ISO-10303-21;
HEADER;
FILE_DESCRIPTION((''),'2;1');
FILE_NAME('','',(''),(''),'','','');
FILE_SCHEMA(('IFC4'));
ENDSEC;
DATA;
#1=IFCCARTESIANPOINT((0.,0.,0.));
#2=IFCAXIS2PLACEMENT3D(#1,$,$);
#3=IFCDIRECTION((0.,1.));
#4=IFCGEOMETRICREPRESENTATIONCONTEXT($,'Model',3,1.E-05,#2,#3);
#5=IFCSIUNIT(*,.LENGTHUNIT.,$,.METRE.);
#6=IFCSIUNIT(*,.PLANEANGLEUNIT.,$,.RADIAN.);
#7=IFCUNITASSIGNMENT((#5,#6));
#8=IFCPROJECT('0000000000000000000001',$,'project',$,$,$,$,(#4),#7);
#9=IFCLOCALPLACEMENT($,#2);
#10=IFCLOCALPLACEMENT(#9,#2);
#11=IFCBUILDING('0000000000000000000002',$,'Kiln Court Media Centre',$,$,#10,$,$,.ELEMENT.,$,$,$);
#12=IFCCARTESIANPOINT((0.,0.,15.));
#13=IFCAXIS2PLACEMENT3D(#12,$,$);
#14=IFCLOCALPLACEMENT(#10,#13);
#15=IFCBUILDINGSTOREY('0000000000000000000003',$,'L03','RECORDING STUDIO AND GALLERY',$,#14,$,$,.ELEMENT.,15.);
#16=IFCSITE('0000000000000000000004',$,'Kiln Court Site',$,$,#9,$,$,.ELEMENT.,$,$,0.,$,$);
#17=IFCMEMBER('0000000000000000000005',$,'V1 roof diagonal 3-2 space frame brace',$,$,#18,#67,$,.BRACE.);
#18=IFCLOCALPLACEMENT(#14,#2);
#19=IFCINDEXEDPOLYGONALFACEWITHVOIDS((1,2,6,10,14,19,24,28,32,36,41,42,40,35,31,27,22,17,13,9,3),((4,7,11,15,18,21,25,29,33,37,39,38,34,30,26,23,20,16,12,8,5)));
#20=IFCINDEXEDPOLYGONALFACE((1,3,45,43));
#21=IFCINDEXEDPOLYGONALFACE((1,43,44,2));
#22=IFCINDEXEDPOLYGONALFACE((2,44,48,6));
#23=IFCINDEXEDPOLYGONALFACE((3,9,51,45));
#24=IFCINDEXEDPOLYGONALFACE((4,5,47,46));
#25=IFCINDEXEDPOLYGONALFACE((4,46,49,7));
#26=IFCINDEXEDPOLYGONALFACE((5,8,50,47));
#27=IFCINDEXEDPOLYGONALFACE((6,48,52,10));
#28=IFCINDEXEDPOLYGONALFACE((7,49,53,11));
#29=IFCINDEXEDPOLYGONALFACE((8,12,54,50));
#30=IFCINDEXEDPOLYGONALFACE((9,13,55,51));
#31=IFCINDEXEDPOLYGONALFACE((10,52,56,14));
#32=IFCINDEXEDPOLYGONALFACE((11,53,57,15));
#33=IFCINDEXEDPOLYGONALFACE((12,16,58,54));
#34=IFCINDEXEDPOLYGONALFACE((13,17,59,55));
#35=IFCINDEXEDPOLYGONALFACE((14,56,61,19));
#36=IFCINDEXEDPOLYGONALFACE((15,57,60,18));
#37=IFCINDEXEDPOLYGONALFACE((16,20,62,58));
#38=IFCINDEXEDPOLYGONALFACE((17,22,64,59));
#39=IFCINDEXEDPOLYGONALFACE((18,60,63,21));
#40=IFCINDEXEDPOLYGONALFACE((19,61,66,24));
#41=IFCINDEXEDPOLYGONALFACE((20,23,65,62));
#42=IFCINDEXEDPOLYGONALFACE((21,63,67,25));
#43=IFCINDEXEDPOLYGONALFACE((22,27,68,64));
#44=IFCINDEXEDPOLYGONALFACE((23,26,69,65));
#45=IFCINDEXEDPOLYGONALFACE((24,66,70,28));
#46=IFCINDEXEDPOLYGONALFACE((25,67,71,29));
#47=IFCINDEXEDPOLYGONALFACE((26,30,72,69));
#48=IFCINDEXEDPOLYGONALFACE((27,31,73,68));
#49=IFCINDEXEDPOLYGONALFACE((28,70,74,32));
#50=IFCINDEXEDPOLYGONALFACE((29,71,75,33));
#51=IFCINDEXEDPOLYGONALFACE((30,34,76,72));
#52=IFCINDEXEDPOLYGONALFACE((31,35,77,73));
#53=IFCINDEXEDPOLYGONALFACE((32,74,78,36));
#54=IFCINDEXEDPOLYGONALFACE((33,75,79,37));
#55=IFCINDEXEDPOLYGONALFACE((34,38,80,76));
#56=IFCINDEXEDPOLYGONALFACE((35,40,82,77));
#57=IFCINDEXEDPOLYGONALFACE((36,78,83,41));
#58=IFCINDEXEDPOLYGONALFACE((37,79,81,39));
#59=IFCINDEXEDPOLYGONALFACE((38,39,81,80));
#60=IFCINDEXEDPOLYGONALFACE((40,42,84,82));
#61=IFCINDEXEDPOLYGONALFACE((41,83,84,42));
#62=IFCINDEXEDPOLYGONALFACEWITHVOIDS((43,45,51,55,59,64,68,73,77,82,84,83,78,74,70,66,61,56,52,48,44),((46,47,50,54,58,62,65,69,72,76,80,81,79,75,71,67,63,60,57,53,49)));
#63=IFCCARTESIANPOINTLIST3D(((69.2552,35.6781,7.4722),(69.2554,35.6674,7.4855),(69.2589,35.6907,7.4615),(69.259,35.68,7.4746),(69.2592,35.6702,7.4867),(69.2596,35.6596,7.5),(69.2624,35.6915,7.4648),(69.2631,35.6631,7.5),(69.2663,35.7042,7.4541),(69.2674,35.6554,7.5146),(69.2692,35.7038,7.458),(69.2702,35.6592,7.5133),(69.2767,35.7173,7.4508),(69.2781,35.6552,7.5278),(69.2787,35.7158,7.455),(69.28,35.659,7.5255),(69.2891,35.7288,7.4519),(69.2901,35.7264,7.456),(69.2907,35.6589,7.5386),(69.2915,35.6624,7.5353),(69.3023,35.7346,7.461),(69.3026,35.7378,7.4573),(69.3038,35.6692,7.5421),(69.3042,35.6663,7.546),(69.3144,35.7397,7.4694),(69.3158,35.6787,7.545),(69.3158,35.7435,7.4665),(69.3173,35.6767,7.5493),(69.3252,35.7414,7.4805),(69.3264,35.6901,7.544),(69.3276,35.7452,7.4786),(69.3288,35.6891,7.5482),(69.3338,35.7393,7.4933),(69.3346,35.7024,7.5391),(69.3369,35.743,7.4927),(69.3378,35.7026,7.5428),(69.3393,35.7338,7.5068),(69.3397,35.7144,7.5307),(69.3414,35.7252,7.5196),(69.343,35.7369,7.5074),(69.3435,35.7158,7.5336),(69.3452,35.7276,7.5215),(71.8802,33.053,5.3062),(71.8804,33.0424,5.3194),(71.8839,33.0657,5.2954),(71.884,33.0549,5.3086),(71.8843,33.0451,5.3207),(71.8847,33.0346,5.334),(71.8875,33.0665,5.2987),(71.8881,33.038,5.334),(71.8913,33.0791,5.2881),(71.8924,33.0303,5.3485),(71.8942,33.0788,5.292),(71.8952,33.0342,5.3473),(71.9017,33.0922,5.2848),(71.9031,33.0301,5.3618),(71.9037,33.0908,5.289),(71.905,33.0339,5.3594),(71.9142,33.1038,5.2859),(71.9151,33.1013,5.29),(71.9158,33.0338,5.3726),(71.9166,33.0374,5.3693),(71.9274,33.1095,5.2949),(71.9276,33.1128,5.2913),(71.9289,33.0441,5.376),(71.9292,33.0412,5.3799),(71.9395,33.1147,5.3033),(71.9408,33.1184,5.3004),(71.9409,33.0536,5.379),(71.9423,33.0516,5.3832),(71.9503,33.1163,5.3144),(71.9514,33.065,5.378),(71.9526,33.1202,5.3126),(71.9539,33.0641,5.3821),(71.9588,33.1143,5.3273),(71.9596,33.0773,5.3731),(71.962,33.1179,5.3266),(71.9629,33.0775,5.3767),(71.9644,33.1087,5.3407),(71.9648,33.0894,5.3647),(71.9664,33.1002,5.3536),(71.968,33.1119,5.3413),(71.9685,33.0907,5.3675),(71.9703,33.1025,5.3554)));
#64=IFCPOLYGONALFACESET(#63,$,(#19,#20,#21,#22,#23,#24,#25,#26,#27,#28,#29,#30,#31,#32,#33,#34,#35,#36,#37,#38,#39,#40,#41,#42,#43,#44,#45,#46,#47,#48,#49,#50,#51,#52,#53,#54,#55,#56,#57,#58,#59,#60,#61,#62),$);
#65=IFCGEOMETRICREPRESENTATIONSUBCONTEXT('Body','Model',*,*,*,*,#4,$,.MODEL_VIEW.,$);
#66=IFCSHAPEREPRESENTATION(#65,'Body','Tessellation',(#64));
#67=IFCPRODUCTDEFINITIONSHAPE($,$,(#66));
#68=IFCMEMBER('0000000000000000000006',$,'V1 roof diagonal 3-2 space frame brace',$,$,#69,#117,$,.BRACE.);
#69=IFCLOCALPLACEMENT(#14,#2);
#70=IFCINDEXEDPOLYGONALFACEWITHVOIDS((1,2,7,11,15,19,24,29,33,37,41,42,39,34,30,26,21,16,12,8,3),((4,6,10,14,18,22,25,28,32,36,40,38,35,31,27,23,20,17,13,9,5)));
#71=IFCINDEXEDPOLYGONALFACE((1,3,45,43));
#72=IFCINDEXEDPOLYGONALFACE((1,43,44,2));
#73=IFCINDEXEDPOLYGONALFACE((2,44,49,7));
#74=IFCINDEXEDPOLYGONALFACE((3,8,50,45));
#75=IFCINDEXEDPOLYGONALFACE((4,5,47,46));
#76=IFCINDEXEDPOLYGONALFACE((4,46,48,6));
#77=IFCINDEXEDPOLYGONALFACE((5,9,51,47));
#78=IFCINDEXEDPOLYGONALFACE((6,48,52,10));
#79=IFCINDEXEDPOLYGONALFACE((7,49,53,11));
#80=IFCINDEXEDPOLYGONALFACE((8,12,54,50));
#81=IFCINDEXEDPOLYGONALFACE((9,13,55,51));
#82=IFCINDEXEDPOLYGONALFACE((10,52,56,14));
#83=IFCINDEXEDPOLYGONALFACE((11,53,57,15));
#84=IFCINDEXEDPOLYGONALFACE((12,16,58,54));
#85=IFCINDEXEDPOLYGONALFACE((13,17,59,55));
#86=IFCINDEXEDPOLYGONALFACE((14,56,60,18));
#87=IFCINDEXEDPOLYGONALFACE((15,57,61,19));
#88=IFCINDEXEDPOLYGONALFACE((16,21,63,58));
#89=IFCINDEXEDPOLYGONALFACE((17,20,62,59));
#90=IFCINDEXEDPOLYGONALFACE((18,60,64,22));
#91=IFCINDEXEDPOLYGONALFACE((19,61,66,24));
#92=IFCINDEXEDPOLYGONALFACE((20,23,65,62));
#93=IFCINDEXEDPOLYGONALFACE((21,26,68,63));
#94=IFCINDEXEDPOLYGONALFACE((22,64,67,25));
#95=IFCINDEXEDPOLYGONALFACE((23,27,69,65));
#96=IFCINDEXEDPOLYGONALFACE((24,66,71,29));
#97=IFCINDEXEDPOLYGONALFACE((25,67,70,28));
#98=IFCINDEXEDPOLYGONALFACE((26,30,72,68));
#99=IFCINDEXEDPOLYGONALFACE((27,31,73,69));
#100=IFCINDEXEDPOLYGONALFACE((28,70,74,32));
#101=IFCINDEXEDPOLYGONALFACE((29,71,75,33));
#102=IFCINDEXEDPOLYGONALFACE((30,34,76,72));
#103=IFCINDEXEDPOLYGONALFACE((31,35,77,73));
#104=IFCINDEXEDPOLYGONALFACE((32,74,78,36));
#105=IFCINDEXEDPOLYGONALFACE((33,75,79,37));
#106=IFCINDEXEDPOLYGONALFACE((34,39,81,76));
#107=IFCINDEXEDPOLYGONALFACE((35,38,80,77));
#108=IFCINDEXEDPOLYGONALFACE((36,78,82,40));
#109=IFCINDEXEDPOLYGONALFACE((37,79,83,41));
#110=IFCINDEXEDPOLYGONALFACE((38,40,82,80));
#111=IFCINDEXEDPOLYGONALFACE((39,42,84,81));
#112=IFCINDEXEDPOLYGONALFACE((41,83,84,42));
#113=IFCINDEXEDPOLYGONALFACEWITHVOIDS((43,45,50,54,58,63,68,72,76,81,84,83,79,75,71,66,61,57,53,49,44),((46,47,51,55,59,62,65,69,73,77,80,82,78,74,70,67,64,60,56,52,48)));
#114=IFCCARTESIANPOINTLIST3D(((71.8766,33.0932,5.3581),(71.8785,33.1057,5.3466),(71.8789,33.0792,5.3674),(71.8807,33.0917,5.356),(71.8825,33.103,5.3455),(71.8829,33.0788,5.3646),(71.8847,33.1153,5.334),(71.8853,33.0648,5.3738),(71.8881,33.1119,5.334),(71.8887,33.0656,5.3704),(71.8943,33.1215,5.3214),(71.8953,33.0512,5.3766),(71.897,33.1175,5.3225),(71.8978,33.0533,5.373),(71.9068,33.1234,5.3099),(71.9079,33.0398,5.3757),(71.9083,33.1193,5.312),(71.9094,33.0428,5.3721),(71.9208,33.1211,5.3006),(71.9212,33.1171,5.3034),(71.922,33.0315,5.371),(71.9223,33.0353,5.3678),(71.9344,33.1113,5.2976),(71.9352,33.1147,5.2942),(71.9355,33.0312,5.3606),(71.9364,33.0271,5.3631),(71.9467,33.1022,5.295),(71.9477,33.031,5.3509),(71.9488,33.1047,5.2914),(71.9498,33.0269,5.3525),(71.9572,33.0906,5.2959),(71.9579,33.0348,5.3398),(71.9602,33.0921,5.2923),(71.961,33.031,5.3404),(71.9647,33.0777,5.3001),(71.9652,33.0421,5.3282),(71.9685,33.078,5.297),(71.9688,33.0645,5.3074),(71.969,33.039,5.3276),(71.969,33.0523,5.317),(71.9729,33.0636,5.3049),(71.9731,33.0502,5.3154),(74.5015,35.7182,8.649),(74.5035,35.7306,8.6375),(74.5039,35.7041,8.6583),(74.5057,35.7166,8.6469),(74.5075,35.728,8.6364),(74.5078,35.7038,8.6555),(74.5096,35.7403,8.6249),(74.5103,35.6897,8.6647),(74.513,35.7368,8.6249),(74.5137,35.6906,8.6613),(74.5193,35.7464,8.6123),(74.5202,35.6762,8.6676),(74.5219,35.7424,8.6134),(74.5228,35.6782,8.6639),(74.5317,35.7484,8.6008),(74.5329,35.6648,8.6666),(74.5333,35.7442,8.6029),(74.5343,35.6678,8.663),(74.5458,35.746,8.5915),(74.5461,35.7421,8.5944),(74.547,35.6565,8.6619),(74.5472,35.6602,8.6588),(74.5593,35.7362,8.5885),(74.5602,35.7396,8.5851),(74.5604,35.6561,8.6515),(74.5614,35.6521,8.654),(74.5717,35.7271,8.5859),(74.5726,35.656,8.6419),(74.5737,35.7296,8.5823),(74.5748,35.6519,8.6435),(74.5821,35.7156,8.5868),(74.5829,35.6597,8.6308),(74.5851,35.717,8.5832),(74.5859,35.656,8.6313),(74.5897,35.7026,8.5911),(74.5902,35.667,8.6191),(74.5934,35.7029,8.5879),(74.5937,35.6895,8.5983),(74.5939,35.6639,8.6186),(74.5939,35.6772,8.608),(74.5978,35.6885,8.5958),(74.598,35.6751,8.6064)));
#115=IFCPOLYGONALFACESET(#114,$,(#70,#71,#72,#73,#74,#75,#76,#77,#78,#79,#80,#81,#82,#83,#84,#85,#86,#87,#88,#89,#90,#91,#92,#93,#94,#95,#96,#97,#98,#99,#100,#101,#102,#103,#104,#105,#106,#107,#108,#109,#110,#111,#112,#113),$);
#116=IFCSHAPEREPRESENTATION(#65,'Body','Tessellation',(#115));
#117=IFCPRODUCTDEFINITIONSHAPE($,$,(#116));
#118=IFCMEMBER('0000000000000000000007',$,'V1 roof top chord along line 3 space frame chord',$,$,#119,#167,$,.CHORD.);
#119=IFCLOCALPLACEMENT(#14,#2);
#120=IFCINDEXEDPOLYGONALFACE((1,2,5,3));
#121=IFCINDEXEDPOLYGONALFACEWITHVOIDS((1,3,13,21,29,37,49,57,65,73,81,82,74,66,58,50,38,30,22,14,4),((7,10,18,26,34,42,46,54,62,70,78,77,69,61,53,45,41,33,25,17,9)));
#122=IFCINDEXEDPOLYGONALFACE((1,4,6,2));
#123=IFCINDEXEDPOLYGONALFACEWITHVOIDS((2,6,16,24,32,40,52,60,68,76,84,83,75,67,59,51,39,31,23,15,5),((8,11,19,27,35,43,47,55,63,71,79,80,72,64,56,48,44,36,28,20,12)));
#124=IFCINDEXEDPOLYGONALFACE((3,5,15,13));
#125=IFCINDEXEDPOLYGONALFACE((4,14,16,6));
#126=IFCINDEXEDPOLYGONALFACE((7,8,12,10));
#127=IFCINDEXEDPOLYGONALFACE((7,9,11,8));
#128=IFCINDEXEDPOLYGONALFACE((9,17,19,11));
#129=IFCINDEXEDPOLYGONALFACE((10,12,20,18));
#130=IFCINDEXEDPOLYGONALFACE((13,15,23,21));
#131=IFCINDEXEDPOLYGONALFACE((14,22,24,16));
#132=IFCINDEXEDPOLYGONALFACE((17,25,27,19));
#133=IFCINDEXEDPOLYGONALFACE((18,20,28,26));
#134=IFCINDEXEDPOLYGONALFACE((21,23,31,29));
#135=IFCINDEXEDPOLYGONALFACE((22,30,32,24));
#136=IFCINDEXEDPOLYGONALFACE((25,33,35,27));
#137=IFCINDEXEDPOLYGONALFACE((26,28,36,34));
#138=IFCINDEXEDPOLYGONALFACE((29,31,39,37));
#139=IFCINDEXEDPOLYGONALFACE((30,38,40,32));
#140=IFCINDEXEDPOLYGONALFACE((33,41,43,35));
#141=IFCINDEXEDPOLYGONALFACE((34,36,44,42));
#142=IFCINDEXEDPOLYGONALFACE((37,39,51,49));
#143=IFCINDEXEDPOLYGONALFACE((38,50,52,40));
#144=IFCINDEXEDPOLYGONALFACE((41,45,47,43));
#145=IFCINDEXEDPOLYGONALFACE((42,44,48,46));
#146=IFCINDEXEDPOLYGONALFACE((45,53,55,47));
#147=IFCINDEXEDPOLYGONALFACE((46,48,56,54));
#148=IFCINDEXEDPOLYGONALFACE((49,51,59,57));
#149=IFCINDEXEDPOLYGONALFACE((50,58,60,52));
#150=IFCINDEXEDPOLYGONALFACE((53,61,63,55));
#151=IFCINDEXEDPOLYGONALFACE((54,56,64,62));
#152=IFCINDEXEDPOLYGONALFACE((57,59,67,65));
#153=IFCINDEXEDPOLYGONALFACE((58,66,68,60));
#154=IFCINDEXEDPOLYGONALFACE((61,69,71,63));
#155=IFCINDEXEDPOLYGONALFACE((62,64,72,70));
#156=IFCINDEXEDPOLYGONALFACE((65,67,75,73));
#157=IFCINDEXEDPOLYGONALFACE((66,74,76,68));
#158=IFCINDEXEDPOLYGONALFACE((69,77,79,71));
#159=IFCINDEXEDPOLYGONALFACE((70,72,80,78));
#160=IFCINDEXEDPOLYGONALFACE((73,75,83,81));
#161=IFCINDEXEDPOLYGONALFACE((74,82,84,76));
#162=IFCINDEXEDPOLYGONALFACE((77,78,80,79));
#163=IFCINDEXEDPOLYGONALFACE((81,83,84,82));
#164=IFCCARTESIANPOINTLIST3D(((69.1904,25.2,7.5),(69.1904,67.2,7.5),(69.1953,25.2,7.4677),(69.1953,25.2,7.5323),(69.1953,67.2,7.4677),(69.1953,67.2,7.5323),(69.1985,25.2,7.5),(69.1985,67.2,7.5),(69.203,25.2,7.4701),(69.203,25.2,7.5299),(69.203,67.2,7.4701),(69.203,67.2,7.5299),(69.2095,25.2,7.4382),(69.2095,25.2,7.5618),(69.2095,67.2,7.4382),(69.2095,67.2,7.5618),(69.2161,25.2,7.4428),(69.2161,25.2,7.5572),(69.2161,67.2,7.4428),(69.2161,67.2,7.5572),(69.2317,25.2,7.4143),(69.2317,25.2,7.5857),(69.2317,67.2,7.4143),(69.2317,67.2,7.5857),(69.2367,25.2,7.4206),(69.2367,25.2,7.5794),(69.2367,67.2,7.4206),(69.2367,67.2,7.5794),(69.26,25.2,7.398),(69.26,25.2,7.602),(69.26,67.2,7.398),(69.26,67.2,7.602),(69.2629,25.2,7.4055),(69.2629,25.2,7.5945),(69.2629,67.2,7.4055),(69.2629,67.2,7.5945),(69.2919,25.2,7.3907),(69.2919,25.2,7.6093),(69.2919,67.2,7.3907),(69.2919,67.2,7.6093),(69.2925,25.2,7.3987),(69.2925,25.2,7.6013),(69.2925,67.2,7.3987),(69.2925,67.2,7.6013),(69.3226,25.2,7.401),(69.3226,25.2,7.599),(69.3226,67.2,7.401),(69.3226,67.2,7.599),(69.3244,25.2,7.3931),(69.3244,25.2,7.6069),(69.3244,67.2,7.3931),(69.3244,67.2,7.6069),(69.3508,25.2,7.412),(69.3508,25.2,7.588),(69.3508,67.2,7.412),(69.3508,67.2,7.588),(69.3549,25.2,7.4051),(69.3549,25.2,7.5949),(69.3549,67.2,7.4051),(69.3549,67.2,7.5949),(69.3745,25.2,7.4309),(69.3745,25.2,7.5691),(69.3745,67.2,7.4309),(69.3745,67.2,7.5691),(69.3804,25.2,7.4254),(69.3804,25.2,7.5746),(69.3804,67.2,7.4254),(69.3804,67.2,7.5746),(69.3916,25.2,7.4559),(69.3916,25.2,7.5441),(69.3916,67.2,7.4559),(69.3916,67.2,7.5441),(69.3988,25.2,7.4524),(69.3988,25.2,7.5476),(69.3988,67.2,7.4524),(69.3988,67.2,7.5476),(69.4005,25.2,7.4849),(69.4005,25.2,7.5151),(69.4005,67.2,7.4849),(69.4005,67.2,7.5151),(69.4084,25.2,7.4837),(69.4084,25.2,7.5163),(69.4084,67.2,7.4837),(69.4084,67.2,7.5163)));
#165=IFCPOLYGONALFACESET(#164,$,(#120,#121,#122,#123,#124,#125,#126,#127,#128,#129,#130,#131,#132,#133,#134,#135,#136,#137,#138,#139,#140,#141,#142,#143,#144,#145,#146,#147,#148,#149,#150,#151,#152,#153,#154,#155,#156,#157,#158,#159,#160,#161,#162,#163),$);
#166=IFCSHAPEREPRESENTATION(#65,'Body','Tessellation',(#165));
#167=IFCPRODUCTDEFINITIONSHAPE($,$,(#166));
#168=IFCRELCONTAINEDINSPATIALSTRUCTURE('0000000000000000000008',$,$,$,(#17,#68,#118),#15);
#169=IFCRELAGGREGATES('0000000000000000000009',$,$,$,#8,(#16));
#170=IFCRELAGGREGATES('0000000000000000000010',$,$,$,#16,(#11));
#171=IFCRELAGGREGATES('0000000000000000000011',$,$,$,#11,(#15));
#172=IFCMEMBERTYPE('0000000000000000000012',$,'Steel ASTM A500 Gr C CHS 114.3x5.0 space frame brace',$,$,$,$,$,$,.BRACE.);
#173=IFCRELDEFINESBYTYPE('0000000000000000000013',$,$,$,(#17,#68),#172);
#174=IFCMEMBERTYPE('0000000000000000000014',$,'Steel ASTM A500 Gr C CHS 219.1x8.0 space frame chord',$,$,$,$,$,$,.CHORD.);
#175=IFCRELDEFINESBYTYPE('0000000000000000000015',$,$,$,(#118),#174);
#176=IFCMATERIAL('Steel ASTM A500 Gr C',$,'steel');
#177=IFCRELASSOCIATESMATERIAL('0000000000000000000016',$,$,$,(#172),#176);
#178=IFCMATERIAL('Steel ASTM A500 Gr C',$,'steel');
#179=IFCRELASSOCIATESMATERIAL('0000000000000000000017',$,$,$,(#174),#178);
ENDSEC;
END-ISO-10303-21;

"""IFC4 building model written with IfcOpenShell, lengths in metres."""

from ifc_helpers import new_model, si_unit, direction, frame, origin, origin_2d, place, context, subcontext, project, spatial, hollow_circle, extrude, material, material_profile, profile_set, type_object, element, save


model = new_model("IFC4")

# Units and contexts
model_context = context("Model", 3, precision=1e-05, world=origin(), true_north=direction((0.0, 1.0)))
body_context = subcontext(model_context, "Body", "Model", "MODEL_VIEW")
ifc_project = project(units=[si_unit("LENGTHUNIT", "METRE"), si_unit("PLANEANGLEUNIT", "RADIAN")], contexts=[model_context])

# Site, building, storey
site_placement = place(None, origin())
site = spatial("IfcSite", under=ifc_project, at=site_placement, Name="Kiln Court Site", CompositionType="ELEMENT", RefElevation=0.0)
building_placement = place(site_placement, origin())
building = spatial("IfcBuilding", under=site, at=building_placement, Name="Kiln Court Media Centre", CompositionType="ELEMENT")
storey_placement = place(building_placement, frame((0.0, 0.0, 15.0)))
storey = spatial("IfcBuildingStorey", under=building, at=storey_placement, Name="L03", Description="RECORDING STUDIO AND GALLERY", CompositionType="ELEMENT", Elevation=15.0)

# Members
ifc_material_1 = material(Name="Steel ASTM A500 Gr C", Category="steel")
ifc_material_profile_1 = material_profile(ifc_material_1, hollow_circle(Radius=0.0571, WallThickness=0.0049, at=origin_2d()), Name="CHS 114.3x5.0")
ifc_profile_set_1 = profile_set([ifc_material_profile_1], Name="Steel ASTM A500 Gr C")
member_type_1 = type_object("IfcMemberType", Name="Steel ASTM A500 Gr C CHS 114.3x5.0 space frame brace", PredefinedType="BRACE", material=ifc_profile_set_1)
member_1_placement = place(storey_placement, frame((71.925, 33.075, 5.334), z_axis=(-0.610748, 0.610748, 0.503958), x_axis=(-0.707107, -0.707107, 0.0)))
element("IfcMember", 1, at=member_1_placement, inside=storey, type_object=member_type_1, Name="V1 roof diagonal 3-2 space frame brace", PredefinedType="BRACE", context=body_context, shape_type="SweptSolid", body=[
    extrude(hollow_circle(Radius=0.0571, WallThickness=0.0049, at=origin_2d()), origin(), (0.0, 0.0, 1.0), 4.2981),
])
member_2_placement = place(storey_placement, frame((71.925, 33.075, 5.334), z_axis=(0.529122, 0.529122, 0.663371), x_axis=(-0.707107, 0.707107, 0.0)))
element("IfcMember", 2, at=member_2_placement, inside=storey, type_object=member_type_1, Name="V1 roof diagonal 3-2 space frame brace", PredefinedType="BRACE", context=body_context, shape_type="SweptSolid", body=[
    extrude(hollow_circle(Radius=0.0571, WallThickness=0.0049, at=origin_2d()), origin(), (0.0, 0.0, 1.0), 4.9609),
])
ifc_material_2 = material(Name="Steel ASTM A500 Gr C", Category="steel")
ifc_material_profile_2 = material_profile(ifc_material_2, hollow_circle(Radius=0.1096, WallThickness=0.0081, at=origin_2d()), Name="CHS 219.1x8.0")
ifc_profile_set_2 = profile_set([ifc_material_profile_2], Name="Steel ASTM A500 Gr C")
member_type_2 = type_object("IfcMemberType", Name="Steel ASTM A500 Gr C CHS 219.1x8.0 space frame chord", PredefinedType="CHORD", material=ifc_profile_set_2)
member_3_placement = place(storey_placement, frame((69.3, 25.2, 7.5), z_axis=(0.0, 1.0, 0.0), x_axis=(-1.0, 0.0, 0.0)))
element("IfcMember", 3, at=member_3_placement, inside=storey, type_object=member_type_2, Name="V1 roof top chord along line 3 space frame chord", PredefinedType="CHORD", context=body_context, shape_type="SweptSolid", body=[
    extrude(hollow_circle(Radius=0.1096, WallThickness=0.0081, at=origin_2d()), origin(), (0.0, 0.0, 1.0), 42.0),
])

save(model, "model.ifc")
